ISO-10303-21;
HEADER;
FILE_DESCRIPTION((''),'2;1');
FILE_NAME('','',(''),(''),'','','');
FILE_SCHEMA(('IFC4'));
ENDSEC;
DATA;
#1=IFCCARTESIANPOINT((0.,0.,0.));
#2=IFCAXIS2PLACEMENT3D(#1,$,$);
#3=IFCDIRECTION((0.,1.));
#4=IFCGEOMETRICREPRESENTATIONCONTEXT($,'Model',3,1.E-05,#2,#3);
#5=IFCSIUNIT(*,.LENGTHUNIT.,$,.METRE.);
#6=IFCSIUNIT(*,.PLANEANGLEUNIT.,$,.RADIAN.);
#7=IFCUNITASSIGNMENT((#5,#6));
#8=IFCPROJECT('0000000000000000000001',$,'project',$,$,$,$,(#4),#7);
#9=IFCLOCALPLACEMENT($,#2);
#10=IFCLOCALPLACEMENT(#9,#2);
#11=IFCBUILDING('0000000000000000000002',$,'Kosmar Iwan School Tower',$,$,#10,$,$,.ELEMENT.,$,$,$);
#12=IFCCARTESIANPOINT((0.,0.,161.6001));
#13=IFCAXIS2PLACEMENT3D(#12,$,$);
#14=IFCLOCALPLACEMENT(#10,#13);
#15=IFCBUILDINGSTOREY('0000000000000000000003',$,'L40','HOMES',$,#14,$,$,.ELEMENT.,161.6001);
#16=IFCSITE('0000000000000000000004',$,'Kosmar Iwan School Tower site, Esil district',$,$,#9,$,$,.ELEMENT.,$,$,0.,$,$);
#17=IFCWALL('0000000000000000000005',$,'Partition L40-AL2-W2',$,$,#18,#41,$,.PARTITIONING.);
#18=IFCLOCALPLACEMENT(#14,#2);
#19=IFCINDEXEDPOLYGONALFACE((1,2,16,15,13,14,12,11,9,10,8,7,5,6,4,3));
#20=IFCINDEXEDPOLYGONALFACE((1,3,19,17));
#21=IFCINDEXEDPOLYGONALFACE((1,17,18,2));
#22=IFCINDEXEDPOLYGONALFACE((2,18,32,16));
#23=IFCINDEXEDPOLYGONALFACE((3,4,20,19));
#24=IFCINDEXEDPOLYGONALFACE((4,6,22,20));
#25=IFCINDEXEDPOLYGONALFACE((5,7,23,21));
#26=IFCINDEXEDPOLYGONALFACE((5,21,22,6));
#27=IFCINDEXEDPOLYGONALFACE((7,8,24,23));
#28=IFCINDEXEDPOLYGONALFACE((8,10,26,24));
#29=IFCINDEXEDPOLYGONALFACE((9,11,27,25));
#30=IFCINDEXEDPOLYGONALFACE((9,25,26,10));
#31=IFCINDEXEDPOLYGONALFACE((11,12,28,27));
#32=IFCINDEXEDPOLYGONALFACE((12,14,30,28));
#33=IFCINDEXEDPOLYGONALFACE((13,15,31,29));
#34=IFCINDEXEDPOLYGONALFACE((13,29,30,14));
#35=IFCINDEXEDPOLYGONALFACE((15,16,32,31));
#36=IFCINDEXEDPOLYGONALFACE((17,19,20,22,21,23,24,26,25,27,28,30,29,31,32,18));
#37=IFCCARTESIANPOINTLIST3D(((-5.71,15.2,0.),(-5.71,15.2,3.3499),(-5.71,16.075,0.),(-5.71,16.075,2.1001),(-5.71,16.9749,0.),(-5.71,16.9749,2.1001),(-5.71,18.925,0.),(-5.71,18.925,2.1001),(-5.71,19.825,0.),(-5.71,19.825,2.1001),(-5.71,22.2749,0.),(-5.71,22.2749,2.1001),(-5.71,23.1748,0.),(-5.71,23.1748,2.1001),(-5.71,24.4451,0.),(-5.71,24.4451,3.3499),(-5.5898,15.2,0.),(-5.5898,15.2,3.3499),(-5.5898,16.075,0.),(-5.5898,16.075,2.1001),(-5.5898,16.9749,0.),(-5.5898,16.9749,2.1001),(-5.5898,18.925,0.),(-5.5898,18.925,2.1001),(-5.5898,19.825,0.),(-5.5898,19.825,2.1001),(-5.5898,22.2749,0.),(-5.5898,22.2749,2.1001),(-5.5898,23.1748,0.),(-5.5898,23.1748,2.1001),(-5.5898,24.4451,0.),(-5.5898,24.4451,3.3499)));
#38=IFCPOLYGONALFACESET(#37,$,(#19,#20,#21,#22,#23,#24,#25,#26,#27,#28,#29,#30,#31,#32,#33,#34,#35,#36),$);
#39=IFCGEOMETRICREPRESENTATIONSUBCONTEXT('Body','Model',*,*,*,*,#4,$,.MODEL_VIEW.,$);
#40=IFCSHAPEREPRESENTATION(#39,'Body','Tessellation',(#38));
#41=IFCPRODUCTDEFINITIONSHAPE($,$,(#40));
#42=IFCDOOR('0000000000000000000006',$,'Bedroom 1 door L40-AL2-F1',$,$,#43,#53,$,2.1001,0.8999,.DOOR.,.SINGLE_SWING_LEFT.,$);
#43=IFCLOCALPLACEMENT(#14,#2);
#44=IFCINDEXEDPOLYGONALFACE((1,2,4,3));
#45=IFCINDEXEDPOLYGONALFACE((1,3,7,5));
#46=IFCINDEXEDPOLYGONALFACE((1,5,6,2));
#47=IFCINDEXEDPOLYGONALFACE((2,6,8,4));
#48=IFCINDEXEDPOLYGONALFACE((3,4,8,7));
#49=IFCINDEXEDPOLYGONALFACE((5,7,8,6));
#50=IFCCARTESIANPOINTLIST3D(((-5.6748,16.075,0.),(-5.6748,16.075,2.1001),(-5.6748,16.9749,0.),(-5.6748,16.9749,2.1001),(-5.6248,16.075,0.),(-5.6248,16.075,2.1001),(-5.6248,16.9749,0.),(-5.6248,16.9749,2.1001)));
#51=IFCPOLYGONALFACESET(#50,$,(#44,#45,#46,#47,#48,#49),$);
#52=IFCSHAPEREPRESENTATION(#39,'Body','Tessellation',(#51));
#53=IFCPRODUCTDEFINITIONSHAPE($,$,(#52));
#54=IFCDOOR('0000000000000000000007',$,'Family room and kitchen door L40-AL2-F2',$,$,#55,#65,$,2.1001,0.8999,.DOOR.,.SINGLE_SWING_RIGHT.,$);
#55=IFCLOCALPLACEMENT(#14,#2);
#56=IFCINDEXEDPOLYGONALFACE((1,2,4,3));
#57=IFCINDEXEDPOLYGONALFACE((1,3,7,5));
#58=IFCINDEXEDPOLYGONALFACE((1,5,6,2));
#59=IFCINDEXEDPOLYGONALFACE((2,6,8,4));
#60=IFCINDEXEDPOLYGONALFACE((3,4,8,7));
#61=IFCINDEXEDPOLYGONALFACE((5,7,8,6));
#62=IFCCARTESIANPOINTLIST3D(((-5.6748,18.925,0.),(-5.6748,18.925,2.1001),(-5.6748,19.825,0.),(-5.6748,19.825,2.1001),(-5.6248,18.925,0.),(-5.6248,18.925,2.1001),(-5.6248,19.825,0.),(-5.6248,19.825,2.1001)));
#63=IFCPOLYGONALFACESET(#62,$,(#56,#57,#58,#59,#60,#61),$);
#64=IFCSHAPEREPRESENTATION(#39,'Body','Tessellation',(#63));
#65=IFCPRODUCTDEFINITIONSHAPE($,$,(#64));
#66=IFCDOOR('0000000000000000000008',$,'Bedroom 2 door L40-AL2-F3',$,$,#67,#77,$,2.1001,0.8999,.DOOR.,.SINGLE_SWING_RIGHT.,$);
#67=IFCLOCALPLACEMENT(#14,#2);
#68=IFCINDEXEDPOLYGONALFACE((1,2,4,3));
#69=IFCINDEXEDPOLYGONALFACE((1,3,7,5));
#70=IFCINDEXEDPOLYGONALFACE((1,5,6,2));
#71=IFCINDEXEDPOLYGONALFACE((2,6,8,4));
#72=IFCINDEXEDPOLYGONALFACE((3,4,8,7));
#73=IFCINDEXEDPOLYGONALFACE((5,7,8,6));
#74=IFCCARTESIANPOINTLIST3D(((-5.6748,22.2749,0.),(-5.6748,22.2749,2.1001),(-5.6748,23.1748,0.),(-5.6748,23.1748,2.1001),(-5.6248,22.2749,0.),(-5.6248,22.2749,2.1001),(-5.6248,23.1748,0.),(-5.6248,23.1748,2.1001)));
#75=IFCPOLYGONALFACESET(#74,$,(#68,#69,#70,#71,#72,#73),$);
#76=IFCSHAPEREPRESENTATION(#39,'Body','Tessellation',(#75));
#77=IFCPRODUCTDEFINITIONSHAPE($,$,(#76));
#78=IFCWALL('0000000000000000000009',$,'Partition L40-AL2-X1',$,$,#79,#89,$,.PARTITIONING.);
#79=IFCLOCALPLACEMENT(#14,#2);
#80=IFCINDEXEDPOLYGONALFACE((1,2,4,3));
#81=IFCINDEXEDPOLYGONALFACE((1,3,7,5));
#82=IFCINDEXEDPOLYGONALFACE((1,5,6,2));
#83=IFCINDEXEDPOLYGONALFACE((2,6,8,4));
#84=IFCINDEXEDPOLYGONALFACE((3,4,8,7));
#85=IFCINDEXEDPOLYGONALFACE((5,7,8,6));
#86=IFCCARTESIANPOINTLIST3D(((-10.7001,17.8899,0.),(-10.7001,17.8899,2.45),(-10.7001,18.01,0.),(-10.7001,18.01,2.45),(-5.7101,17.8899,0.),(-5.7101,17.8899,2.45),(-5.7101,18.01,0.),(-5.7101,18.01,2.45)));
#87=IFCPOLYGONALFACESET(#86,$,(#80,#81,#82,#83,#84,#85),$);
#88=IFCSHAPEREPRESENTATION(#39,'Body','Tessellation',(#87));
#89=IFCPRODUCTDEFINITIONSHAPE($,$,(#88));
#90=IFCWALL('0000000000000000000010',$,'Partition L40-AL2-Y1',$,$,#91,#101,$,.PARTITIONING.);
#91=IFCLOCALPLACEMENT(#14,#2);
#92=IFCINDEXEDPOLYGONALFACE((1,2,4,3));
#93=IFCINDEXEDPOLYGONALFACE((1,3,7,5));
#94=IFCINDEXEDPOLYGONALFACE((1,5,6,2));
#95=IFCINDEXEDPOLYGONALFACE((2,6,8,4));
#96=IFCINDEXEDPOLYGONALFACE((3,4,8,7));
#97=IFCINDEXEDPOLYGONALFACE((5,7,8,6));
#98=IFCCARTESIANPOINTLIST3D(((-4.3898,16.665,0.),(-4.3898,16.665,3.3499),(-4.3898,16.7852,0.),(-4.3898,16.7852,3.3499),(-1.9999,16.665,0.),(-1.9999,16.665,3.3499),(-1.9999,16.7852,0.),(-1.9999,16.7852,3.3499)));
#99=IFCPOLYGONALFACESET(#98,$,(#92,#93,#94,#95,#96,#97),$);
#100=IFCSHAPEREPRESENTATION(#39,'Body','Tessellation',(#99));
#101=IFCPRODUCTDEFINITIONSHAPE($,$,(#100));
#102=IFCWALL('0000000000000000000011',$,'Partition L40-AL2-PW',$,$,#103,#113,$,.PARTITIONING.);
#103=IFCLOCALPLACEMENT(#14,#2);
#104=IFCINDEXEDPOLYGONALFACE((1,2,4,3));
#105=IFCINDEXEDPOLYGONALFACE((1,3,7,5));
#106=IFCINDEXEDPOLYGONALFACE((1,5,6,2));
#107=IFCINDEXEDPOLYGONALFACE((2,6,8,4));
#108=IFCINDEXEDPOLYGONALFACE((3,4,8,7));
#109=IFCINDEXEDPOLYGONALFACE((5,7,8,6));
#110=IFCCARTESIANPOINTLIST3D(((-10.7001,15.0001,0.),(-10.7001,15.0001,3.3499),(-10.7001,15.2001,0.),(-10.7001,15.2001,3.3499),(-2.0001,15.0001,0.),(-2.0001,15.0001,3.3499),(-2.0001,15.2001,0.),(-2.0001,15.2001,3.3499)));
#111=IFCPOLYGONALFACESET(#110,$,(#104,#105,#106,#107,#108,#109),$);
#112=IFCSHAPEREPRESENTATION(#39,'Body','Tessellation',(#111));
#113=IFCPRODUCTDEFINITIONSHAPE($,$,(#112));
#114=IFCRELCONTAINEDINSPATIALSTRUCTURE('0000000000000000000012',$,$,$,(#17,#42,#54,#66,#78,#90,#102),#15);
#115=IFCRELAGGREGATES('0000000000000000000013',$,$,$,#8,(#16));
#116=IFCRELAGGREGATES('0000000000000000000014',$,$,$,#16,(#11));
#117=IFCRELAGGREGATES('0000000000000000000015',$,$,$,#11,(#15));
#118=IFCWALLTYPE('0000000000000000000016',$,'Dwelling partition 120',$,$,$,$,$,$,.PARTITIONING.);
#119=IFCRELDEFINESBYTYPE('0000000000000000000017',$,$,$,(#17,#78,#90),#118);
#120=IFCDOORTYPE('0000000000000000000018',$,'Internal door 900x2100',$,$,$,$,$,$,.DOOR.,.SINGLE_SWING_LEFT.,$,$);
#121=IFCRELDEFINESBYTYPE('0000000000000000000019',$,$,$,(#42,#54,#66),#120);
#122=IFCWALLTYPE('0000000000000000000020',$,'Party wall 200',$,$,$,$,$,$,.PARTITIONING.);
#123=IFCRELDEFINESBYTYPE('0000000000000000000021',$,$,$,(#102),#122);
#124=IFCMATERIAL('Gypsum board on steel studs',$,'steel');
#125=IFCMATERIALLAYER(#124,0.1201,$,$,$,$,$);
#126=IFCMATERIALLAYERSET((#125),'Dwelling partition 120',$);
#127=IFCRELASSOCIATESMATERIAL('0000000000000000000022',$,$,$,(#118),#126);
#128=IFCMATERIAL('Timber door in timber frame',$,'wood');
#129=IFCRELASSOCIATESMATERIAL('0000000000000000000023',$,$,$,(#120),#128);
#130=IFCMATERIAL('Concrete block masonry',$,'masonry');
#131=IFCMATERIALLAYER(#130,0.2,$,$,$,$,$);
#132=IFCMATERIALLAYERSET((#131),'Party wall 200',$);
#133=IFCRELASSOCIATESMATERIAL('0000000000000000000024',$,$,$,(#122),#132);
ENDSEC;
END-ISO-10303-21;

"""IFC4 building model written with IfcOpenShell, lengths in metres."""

from ifc_helpers import new_model, si_unit, direction, frame, frame_2d, origin, place, context, subcontext, project, spatial, rectangle, extrude, material, layer, layer_set, type_object, element, fill, save


model = new_model("IFC4")

# Units and contexts
model_context = context("Model", 3, precision=1e-05, world=origin(), true_north=direction((0.0, 1.0)))
body_context = subcontext(model_context, "Body", "Model", "MODEL_VIEW")
ifc_project = project(units=[si_unit("LENGTHUNIT", "METRE"), si_unit("PLANEANGLEUNIT", "RADIAN")], contexts=[model_context])

# Site, building, storey
site_placement = place(None, origin())
site = spatial("IfcSite", under=ifc_project, at=site_placement, Name="Kosmar Iwan School Tower site, Esil district", CompositionType="ELEMENT", RefElevation=0.0)
building_placement = place(site_placement, origin())
building = spatial("IfcBuilding", under=site, at=building_placement, Name="Kosmar Iwan School Tower", CompositionType="ELEMENT")
storey_placement = place(building_placement, frame((0.0, 0.0, 161.6001)))
storey = spatial("IfcBuildingStorey", under=building, at=storey_placement, Name="L40", Description="HOMES", CompositionType="ELEMENT", Elevation=161.6001)

# Shared definitions
ifc_material_1 = material(Name="Gypsum board on steel studs", Category="steel")
ifc_layer_1 = layer(ifc_material_1, 0.1201)
ifc_layer_set_1 = layer_set([ifc_layer_1], Name="Dwelling partition 120")
wall_type_1 = type_object("IfcWallType", Name="Dwelling partition 120", PredefinedType="PARTITIONING", material=ifc_layer_set_1)

# Wall, openings, doors
ifc_material_2 = material(Name="Timber door in timber frame", Category="wood")
door_type_1 = type_object("IfcDoorType", Name="Internal door 900x2100", OperationType="SINGLE_SWING_LEFT", PredefinedType="DOOR", material=ifc_material_2)
wall_1_placement = place(storey_placement, frame((-5.6499, 15.2, 0.0), z_axis=(0.0, 0.0, 1.0), x_axis=(0.0, 1.0, 0.0)))
wall_1 = element("IfcWall", 1, at=wall_1_placement, inside=storey, type_object=wall_type_1, Name="Partition L40-AL2-W2", PredefinedType="PARTITIONING", context=body_context, shape_type="SweptSolid", body=[
    extrude(rectangle(XDim=9.2451, YDim=0.1201, at=frame_2d((4.6226, 0.0))), origin(), (0.0, 0.0, 1.0), 3.3499),
])
opening_1_placement = place(wall_1_placement, frame((0.875, 0.0, 0.0)))
opening_1 = element("IfcOpeningElement", 2, at=opening_1_placement, cuts=wall_1, PredefinedType="OPENING", context=body_context, shape_type="SweptSolid", body=[
    extrude(rectangle(XDim=0.8999, YDim=2.1001, at=frame_2d((0.45, 1.05))), frame((0.0, 0.072, 0.0), z_axis=(0.0, -1.0, 0.0), x_axis=(1.0, 0.0, 0.0)), (0.0, 0.0, 1.0), 0.144),
])
opening_2_placement = place(wall_1_placement, frame((3.7251, 0.0, 0.0)))
opening_2 = element("IfcOpeningElement", 3, at=opening_2_placement, cuts=wall_1, PredefinedType="OPENING", context=body_context, shape_type="SweptSolid", body=[
    extrude(rectangle(XDim=0.8999, YDim=2.1001, at=frame_2d((0.45, 1.05))), frame((0.0, 0.072, 0.0), z_axis=(0.0, -1.0, 0.0), x_axis=(1.0, 0.0, 0.0)), (0.0, 0.0, 1.0), 0.144),
])
opening_3_placement = place(wall_1_placement, frame((7.075, 0.0, 0.0)))
opening_3 = element("IfcOpeningElement", 4, at=opening_3_placement, cuts=wall_1, PredefinedType="OPENING", context=body_context, shape_type="SweptSolid", body=[
    extrude(rectangle(XDim=0.8999, YDim=2.1001, at=frame_2d((0.45, 1.05))), frame((0.0, 0.072, 0.0), z_axis=(0.0, -1.0, 0.0), x_axis=(1.0, 0.0, 0.0)), (0.0, 0.0, 1.0), 0.144),
])
door_1_placement = place(opening_1_placement, origin())
door_1 = element("IfcDoor", 5, at=door_1_placement, inside=storey, type_object=door_type_1, Name="Bedroom 1 door L40-AL2-F1", OperationType="SINGLE_SWING_LEFT", OverallHeight=2.1001, OverallWidth=0.8999, PredefinedType="DOOR", context=body_context, shape_type="SweptSolid", body=[
    extrude(rectangle(XDim=0.8999, YDim=2.1001, at=frame_2d((0.45, 1.05))), frame((0.0, 0.0249, 0.0), z_axis=(0.0, -1.0, 0.0), x_axis=(1.0, 0.0, 0.0)), (0.0, 0.0, 1.0), 0.05),
])
fill(opening_1, door_1)
door_2_placement = place(opening_2_placement, origin())
door_2 = element("IfcDoor", 6, at=door_2_placement, inside=storey, type_object=door_type_1, Name="Family room and kitchen door L40-AL2-F2", OperationType="SINGLE_SWING_RIGHT", OverallHeight=2.1001, OverallWidth=0.8999, PredefinedType="DOOR", context=body_context, shape_type="SweptSolid", body=[
    extrude(rectangle(XDim=0.8999, YDim=2.1001, at=frame_2d((0.45, 1.05))), frame((0.0, 0.0249, 0.0), z_axis=(0.0, -1.0, 0.0), x_axis=(1.0, 0.0, 0.0)), (0.0, 0.0, 1.0), 0.05),
])
fill(opening_2, door_2)
door_3_placement = place(opening_3_placement, origin())
door_3 = element("IfcDoor", 7, at=door_3_placement, inside=storey, type_object=door_type_1, Name="Bedroom 2 door L40-AL2-F3", OperationType="SINGLE_SWING_RIGHT", OverallHeight=2.1001, OverallWidth=0.8999, PredefinedType="DOOR", context=body_context, shape_type="SweptSolid", body=[
    extrude(rectangle(XDim=0.8999, YDim=2.1001, at=frame_2d((0.45, 1.05))), frame((0.0, 0.0249, 0.0), z_axis=(0.0, -1.0, 0.0), x_axis=(1.0, 0.0, 0.0)), (0.0, 0.0, 1.0), 0.05),
])
fill(opening_3, door_3)

# Walls
wall_2_placement = place(storey_placement, frame((-5.71, 17.95, 0.0), z_axis=(0.0, 0.0, 1.0), x_axis=(-1.0, 0.0, 0.0)))
element("IfcWall", 8, at=wall_2_placement, inside=storey, type_object=wall_type_1, Name="Partition L40-AL2-X1", PredefinedType="PARTITIONING", context=body_context, shape_type="SweptSolid", body=[
    extrude(rectangle(XDim=4.99, YDim=0.1201, at=frame_2d((2.4951, 0.0))), origin(), (0.0, 0.0, 1.0), 2.45),
])
wall_3_placement = place(storey_placement, frame((-2.0, 16.7251, 0.0), z_axis=(0.0, 0.0, 1.0), x_axis=(-1.0, 0.0, 0.0)))
element("IfcWall", 9, at=wall_3_placement, inside=storey, type_object=wall_type_1, Name="Partition L40-AL2-Y1", PredefinedType="PARTITIONING", context=body_context, shape_type="SweptSolid", body=[
    extrude(rectangle(XDim=2.3899, YDim=0.1201, at=frame_2d((1.1948, 0.0))), origin(), (0.0, 0.0, 1.0), 3.3499),
])
ifc_material_3 = material(Name="Concrete block masonry", Category="masonry")
ifc_layer_2 = layer(ifc_material_3, 0.2)
ifc_layer_set_2 = layer_set([ifc_layer_2], Name="Party wall 200")
wall_type_2 = type_object("IfcWallType", Name="Party wall 200", PredefinedType="PARTITIONING", material=ifc_layer_set_2)
wall_4_placement = place(storey_placement, frame((-2.0, 15.1001, 0.0), z_axis=(0.0, 0.0, 1.0), x_axis=(-1.0, 0.0, 0.0)))
element("IfcWall", 10, at=wall_4_placement, inside=storey, type_object=wall_type_2, Name="Partition L40-AL2-PW", PredefinedType="PARTITIONING", context=body_context, shape_type="SweptSolid", body=[
    extrude(rectangle(XDim=8.7, YDim=0.2, at=frame_2d((4.3501, 0.0))), origin(), (0.0, 0.0, 1.0), 3.3499),
])

save(model, "model.ifc")
